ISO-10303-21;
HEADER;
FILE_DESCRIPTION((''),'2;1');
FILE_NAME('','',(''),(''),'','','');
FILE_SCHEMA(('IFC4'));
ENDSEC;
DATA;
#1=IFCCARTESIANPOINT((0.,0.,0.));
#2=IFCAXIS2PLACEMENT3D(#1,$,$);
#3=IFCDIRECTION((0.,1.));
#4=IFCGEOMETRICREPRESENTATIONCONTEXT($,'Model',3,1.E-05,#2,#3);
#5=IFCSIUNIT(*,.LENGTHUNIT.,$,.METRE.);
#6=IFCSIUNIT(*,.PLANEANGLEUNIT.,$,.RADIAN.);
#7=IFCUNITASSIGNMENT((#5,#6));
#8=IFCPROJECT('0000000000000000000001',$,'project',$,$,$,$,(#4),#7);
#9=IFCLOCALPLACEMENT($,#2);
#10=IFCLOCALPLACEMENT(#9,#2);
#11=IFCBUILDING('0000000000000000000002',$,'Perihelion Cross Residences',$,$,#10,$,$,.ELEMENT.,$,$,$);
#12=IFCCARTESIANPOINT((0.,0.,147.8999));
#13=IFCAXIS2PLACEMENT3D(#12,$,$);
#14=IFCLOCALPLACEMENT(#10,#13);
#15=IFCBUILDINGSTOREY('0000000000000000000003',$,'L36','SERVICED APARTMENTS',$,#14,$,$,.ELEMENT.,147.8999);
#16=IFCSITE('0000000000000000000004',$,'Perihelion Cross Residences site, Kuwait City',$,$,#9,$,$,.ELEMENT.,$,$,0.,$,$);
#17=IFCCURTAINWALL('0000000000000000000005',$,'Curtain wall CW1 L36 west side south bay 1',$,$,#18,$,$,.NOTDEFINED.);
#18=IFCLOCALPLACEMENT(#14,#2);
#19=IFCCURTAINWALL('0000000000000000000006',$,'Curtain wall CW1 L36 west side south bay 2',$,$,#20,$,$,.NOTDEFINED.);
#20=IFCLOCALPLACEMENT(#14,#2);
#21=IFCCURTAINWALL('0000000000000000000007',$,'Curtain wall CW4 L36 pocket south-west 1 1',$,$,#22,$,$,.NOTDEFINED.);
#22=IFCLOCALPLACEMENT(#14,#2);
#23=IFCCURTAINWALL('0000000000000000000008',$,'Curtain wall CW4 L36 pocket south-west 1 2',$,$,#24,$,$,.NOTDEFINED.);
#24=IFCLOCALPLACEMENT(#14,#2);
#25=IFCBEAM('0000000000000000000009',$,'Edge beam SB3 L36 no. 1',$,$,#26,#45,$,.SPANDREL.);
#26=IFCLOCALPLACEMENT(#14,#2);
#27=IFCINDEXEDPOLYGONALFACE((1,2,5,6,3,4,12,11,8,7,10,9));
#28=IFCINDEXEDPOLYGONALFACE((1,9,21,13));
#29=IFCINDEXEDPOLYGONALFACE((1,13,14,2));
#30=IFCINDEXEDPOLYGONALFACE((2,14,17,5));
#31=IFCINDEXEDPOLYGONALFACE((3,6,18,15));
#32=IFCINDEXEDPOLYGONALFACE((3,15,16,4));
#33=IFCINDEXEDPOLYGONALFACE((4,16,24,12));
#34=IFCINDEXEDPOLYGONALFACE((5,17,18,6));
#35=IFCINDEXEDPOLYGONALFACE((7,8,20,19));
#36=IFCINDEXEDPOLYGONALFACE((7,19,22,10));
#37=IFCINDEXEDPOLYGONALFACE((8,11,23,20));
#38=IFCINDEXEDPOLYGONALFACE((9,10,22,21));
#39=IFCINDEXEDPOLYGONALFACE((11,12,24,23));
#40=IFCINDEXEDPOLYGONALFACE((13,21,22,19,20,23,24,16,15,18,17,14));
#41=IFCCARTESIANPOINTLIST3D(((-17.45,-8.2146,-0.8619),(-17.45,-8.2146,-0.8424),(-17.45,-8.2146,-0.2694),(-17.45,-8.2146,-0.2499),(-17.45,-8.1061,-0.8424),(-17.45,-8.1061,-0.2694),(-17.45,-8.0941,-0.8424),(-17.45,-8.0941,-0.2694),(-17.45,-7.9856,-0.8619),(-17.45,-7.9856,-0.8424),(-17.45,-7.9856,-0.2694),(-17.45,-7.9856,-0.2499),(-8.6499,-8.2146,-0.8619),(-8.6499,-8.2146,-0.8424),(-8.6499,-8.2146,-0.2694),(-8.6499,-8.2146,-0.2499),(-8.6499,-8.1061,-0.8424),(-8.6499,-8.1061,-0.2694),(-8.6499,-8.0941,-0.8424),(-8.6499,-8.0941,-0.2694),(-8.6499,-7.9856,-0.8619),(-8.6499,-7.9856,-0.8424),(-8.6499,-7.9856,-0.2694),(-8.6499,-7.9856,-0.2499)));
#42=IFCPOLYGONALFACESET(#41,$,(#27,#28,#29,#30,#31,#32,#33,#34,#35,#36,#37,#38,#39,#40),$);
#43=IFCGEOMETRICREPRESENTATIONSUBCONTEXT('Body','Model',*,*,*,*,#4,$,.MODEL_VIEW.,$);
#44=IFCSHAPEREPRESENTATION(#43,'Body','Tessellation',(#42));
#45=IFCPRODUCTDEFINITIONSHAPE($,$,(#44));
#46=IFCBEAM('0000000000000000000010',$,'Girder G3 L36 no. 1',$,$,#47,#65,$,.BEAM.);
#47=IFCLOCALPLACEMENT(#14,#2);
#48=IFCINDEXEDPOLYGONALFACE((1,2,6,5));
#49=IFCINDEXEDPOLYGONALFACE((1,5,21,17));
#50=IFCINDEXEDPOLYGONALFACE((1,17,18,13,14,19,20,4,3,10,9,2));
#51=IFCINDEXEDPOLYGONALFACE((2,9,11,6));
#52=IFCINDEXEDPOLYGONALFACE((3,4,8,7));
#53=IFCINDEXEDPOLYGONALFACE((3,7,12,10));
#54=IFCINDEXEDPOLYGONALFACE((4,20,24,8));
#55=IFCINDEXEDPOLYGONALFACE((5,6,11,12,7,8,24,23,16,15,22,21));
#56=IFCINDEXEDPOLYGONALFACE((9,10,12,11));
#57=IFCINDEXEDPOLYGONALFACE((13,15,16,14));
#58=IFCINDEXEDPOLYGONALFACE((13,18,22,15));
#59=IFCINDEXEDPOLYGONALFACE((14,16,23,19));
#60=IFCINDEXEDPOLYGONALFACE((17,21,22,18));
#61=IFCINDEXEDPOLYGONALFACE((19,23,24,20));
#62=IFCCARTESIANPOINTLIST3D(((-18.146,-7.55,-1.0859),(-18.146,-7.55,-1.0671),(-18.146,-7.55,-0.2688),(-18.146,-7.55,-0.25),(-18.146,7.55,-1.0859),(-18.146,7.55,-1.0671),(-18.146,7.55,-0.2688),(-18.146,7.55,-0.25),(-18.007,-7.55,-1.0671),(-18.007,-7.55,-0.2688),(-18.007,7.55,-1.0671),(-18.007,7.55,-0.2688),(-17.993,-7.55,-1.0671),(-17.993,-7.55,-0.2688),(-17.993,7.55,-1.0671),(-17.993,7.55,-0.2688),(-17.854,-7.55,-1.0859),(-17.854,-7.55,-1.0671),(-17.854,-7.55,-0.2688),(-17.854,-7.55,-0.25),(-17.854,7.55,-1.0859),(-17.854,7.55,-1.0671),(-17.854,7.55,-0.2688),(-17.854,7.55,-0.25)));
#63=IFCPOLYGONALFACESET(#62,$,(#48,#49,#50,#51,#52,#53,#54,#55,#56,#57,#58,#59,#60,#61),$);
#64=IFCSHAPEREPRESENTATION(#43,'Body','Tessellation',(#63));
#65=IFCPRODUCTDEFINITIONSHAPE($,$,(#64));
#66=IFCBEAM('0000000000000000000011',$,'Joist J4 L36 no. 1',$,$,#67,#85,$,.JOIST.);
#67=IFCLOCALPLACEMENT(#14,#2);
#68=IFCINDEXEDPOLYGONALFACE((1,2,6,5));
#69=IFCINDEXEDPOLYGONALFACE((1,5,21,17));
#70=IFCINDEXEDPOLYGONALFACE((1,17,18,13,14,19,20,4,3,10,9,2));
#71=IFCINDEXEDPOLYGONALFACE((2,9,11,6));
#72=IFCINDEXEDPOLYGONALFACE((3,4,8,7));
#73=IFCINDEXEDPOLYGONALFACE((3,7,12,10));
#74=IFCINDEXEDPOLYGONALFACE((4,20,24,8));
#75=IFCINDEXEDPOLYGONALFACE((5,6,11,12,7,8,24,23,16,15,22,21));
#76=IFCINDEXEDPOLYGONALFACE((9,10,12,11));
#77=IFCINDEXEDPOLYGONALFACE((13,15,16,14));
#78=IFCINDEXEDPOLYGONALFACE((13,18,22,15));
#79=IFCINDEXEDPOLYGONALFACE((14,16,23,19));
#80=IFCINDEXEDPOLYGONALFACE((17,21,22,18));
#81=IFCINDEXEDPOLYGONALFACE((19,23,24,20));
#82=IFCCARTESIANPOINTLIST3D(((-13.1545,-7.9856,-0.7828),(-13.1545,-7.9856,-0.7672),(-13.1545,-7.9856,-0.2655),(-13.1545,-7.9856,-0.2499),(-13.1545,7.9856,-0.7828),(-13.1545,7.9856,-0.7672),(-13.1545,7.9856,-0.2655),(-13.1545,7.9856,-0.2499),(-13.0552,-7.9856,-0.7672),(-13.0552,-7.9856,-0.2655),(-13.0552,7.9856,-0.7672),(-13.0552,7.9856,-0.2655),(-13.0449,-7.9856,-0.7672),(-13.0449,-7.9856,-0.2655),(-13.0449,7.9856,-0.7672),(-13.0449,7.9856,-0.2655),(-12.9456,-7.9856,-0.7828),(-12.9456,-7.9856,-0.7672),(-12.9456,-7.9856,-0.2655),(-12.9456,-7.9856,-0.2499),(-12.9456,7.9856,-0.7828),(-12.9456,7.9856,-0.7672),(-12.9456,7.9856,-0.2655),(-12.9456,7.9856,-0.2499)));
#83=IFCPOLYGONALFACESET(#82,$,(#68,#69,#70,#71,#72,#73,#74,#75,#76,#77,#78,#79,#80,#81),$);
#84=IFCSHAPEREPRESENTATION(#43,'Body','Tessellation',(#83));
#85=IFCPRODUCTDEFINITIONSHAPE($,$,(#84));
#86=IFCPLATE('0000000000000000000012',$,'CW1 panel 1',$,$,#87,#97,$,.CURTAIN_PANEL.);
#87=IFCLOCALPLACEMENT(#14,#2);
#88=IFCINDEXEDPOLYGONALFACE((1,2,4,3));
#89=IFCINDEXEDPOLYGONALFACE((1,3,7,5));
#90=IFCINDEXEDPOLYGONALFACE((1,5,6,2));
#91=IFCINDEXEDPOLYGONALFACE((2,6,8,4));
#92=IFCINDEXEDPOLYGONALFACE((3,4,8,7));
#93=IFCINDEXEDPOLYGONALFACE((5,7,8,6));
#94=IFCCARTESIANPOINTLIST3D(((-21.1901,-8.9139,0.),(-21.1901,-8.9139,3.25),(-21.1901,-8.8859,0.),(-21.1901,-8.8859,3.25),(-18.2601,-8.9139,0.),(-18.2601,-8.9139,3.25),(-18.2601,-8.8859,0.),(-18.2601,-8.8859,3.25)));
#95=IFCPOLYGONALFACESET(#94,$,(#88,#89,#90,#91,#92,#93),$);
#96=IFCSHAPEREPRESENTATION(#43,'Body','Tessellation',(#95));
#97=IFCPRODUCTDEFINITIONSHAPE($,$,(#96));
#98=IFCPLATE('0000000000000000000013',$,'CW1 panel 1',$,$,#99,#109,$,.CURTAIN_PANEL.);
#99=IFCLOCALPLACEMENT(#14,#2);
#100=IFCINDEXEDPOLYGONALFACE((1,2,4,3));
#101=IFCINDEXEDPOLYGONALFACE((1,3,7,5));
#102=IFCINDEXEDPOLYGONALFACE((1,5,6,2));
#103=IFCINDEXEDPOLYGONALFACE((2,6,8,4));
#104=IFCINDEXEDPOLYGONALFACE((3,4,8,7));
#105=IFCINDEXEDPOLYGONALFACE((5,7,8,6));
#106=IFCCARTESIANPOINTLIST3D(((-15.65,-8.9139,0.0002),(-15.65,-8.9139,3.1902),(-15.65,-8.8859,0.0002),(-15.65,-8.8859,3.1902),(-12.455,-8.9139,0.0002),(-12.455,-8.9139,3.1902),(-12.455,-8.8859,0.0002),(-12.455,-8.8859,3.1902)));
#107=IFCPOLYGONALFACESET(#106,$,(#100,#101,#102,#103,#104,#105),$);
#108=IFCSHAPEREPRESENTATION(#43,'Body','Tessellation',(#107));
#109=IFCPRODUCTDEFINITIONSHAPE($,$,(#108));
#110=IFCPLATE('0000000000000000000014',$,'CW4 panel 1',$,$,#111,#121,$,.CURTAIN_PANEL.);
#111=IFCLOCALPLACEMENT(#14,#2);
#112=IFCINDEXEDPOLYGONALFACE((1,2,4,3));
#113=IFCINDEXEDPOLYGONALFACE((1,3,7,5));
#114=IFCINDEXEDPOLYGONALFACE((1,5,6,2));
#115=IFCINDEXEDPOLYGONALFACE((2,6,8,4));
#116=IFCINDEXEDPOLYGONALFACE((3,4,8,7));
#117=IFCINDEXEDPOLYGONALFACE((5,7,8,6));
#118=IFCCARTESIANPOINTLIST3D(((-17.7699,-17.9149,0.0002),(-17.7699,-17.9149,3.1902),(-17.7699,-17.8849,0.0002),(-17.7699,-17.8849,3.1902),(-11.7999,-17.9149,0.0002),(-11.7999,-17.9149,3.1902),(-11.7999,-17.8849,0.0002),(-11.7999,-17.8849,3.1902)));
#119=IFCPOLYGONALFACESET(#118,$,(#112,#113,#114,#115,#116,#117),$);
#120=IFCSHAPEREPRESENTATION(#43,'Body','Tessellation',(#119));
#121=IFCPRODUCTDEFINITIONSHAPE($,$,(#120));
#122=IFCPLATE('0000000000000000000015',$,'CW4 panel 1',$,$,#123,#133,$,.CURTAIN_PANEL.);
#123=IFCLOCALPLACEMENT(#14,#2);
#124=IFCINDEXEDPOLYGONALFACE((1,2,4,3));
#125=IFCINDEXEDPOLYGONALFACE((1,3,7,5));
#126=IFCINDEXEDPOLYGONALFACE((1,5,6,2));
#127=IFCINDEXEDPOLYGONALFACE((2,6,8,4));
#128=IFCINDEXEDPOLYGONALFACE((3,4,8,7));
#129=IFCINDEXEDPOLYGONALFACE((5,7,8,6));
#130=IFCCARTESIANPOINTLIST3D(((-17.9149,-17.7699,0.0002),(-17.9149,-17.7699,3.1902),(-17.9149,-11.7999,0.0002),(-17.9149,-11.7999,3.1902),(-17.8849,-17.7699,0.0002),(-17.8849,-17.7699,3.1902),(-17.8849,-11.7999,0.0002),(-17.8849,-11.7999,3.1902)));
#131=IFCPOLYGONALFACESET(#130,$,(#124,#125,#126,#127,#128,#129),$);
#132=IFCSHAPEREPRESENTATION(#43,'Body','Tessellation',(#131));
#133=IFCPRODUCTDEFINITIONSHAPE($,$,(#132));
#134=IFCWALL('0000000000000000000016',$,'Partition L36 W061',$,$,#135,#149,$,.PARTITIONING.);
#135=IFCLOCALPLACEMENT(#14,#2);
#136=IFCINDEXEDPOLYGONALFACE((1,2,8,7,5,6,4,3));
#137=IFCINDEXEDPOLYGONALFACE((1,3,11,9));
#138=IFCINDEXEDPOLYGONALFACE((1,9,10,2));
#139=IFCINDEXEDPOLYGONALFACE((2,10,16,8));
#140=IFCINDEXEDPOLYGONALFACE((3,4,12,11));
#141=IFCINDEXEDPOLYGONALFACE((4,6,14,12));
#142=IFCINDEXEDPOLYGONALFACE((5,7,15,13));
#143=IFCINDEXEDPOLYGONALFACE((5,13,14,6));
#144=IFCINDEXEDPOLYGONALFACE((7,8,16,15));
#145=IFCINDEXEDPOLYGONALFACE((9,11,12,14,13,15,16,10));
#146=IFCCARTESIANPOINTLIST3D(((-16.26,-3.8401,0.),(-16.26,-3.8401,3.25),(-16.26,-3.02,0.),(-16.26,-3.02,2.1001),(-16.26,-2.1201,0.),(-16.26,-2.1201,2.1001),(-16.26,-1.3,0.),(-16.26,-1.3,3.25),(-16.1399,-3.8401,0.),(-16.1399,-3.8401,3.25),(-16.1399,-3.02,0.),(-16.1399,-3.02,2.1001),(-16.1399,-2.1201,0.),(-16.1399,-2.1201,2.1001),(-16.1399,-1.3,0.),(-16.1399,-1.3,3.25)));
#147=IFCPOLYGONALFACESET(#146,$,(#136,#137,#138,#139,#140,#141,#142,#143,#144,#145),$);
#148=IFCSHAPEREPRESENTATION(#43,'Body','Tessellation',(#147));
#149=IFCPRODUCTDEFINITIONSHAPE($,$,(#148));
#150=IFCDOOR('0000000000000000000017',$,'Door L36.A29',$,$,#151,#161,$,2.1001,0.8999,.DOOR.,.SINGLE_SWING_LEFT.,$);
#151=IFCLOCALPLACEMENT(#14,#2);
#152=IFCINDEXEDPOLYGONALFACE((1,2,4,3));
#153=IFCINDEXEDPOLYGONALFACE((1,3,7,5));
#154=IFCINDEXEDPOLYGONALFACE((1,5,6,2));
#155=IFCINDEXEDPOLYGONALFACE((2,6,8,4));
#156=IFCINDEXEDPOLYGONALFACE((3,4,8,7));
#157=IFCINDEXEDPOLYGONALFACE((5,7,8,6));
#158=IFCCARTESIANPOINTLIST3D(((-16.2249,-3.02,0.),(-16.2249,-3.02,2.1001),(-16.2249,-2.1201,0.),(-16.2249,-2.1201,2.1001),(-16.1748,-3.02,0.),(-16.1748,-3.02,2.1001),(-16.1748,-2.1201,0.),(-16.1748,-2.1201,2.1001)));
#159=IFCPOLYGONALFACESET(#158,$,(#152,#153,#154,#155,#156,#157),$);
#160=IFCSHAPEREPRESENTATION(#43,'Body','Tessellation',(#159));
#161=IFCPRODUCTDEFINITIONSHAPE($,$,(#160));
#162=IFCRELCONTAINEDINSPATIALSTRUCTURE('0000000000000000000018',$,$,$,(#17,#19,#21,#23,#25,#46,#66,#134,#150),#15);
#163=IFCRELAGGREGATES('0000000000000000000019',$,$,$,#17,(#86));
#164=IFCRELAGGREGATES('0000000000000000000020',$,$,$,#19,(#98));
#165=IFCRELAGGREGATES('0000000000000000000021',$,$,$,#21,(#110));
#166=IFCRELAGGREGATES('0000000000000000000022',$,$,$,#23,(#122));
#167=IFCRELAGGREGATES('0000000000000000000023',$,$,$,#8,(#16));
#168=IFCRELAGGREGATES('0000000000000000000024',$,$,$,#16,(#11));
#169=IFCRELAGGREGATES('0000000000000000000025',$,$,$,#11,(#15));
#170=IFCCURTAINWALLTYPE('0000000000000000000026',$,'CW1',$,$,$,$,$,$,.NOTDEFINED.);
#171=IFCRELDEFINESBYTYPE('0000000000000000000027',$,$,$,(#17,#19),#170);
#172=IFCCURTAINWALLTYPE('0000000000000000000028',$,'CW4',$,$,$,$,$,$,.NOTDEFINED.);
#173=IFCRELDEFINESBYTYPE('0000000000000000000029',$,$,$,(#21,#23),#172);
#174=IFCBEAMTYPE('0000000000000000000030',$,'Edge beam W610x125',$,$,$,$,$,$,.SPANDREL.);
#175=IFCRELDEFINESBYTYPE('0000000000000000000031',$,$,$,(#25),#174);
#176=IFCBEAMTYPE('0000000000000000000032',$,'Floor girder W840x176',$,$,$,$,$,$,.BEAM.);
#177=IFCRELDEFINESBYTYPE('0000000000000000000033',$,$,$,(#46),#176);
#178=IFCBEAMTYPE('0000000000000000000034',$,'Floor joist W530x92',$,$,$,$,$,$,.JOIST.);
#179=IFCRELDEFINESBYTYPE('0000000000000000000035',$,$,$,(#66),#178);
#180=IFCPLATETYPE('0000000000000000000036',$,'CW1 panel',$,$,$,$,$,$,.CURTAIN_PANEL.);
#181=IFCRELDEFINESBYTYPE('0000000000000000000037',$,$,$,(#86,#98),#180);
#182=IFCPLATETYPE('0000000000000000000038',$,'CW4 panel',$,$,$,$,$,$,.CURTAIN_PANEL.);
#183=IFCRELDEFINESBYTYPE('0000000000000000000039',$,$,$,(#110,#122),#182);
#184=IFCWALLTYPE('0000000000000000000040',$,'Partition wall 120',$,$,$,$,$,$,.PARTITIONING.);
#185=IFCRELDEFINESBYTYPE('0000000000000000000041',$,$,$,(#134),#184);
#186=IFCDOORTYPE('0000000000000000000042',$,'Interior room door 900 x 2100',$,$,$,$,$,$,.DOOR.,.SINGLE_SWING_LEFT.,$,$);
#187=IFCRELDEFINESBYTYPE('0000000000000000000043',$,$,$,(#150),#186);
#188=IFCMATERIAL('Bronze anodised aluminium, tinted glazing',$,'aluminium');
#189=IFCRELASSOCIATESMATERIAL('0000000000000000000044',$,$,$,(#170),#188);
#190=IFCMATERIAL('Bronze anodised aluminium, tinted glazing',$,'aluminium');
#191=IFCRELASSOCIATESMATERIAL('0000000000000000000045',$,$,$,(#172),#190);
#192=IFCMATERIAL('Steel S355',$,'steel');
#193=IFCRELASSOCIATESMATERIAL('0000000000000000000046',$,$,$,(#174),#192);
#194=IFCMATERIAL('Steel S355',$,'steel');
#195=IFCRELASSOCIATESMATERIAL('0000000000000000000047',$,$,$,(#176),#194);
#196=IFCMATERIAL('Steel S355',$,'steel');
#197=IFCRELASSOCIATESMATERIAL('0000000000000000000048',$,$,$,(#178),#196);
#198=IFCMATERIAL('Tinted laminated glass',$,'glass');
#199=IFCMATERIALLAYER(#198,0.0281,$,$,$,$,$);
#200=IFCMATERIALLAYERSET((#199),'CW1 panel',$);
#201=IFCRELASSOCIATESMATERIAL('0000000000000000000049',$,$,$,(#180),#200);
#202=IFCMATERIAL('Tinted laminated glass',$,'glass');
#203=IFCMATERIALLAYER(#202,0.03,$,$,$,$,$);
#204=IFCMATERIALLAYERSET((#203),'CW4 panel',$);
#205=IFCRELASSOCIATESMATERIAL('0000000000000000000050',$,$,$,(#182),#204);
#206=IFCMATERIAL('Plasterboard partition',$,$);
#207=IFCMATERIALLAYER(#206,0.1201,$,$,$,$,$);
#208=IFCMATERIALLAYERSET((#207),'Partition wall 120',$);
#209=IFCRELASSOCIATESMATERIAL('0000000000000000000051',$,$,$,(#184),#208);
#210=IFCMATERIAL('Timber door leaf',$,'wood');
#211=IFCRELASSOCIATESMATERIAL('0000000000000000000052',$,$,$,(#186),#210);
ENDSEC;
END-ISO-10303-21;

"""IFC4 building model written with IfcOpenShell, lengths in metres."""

from ifc_helpers import new_model, si_unit, direction, frame, frame_2d, origin, origin_2d, place, context, subcontext, project, spatial, rectangle, i_section, extrude, material, layer, layer_set, material_profile, profile_set, type_object, element, fill, aggregate, save


model = new_model("IFC4")

# Units and contexts
model_context = context("Model", 3, precision=1e-05, world=origin(), true_north=direction((0.0, 1.0)))
body_context = subcontext(model_context, "Body", "Model", "MODEL_VIEW")
ifc_project = project(units=[si_unit("LENGTHUNIT", "METRE"), si_unit("PLANEANGLEUNIT", "RADIAN")], contexts=[model_context])

# Site, building, storey
site_placement = place(None, origin())
site = spatial("IfcSite", under=ifc_project, at=site_placement, Name="Perihelion Cross Residences site, Kuwait City", CompositionType="ELEMENT", RefElevation=0.0)
building_placement = place(site_placement, origin())
building = spatial("IfcBuilding", under=site, at=building_placement, Name="Perihelion Cross Residences", CompositionType="ELEMENT")
storey_placement = place(building_placement, frame((0.0, 0.0, 147.8999)))
storey = spatial("IfcBuildingStorey", under=building, at=storey_placement, Name="L36", Description="SERVICED APARTMENTS", CompositionType="ELEMENT", Elevation=147.8999)

# Curtain wall
ifc_material_1 = material(Name="Bronze anodised aluminium, tinted glazing", Category="aluminium")
curtain_wall_type_1 = type_object("IfcCurtainWallType", Name="CW1", PredefinedType="NOTDEFINED", material=ifc_material_1)
curtain_wall_1_placement = place(storey_placement, origin())
curtain_wall_1 = element("IfcCurtainWall", 1, at=curtain_wall_1_placement, inside=storey, type_object=curtain_wall_type_1, Name="Curtain wall CW1 L36 west side south bay 1", PredefinedType="NOTDEFINED")

# Curtain walls
curtain_wall_2_placement = place(storey_placement, origin())
curtain_wall_2 = element("IfcCurtainWall", 2, at=curtain_wall_2_placement, inside=storey, type_object=curtain_wall_type_1, Name="Curtain wall CW1 L36 west side south bay 2", PredefinedType="NOTDEFINED")
ifc_material_2 = material(Name="Bronze anodised aluminium, tinted glazing", Category="aluminium")
curtain_wall_type_2 = type_object("IfcCurtainWallType", Name="CW4", PredefinedType="NOTDEFINED", material=ifc_material_2)
curtain_wall_3_placement = place(storey_placement, origin())
curtain_wall_3 = element("IfcCurtainWall", 3, at=curtain_wall_3_placement, inside=storey, type_object=curtain_wall_type_2, Name="Curtain wall CW4 L36 pocket south-west 1 1", PredefinedType="NOTDEFINED")
curtain_wall_4_placement = place(storey_placement, origin())
curtain_wall_4 = element("IfcCurtainWall", 4, at=curtain_wall_4_placement, inside=storey, type_object=curtain_wall_type_2, Name="Curtain wall CW4 L36 pocket south-west 1 2", PredefinedType="NOTDEFINED")

# Beams
ifc_material_3 = material(Name="Steel S355", Category="steel")
ifc_material_profile_1 = material_profile(ifc_material_3, i_section(OverallWidth=0.229, OverallDepth=0.6121, WebThickness=0.012, FlangeThickness=0.0195, at=origin_2d()), Name="W610x125")
ifc_profile_set_1 = profile_set([ifc_material_profile_1], Name="Steel S355")
beam_type_1 = type_object("IfcBeamType", Name="Edge beam W610x125", PredefinedType="SPANDREL", material=ifc_profile_set_1)
beam_1_placement = place(storey_placement, frame((-17.45, -8.1001, -0.5559), z_axis=(1.0, 0.0, 0.0), x_axis=(0.0, 1.0, 0.0)))
element("IfcBeam", 5, at=beam_1_placement, inside=storey, type_object=beam_type_1, Name="Edge beam SB3 L36 no. 1", PredefinedType="SPANDREL", context=body_context, shape_type="SweptSolid", body=[
    extrude(i_section(OverallWidth=0.229, OverallDepth=0.6121, WebThickness=0.012, FlangeThickness=0.0195, at=origin_2d()), origin(), (0.0, 0.0, 1.0), 8.8),
])
ifc_material_4 = material(Name="Steel S355", Category="steel")
ifc_material_profile_2 = material_profile(ifc_material_4, i_section(OverallWidth=0.292, OverallDepth=0.8359, WebThickness=0.0139, FlangeThickness=0.0188, at=origin_2d()), Name="W840x176")
ifc_profile_set_2 = profile_set([ifc_material_profile_2], Name="Steel S355")
beam_type_2 = type_object("IfcBeamType", Name="Floor girder W840x176", PredefinedType="BEAM", material=ifc_profile_set_2)
beam_2_placement = place(storey_placement, frame((-18.0, -7.55, -0.668), z_axis=(0.0, 1.0, 0.0), x_axis=(-1.0, 0.0, 0.0)))
element("IfcBeam", 6, at=beam_2_placement, inside=storey, type_object=beam_type_2, Name="Girder G3 L36 no. 1", PredefinedType="BEAM", context=body_context, shape_type="SweptSolid", body=[
    extrude(i_section(OverallWidth=0.292, OverallDepth=0.8359, WebThickness=0.0139, FlangeThickness=0.0188, at=origin_2d()), origin(), (0.0, 0.0, 1.0), 15.1001),
])
ifc_material_5 = material(Name="Steel S355", Category="steel")
ifc_material_profile_3 = material_profile(ifc_material_5, i_section(OverallWidth=0.209, OverallDepth=0.533, WebThickness=0.0103, FlangeThickness=0.0156, at=origin_2d()), Name="W530x92")
ifc_profile_set_3 = profile_set([ifc_material_profile_3], Name="Steel S355")
beam_type_3 = type_object("IfcBeamType", Name="Floor joist W530x92", PredefinedType="JOIST", material=ifc_profile_set_3)
beam_3_placement = place(storey_placement, frame((-13.05, -7.9856, -0.5164), z_axis=(0.0, 1.0, 0.0), x_axis=(-1.0, 0.0, 0.0)))
element("IfcBeam", 7, at=beam_3_placement, inside=storey, type_object=beam_type_3, Name="Joist J4 L36 no. 1", PredefinedType="JOIST", context=body_context, shape_type="SweptSolid", body=[
    extrude(i_section(OverallWidth=0.209, OverallDepth=0.533, WebThickness=0.0103, FlangeThickness=0.0156, at=origin_2d()), origin(), (0.0, 0.0, 1.0), 15.9712),
])

# Plates
ifc_material_6 = material(Name="Tinted laminated glass", Category="glass")
ifc_layer_1 = layer(ifc_material_6, 0.0281)
ifc_layer_set_1 = layer_set([ifc_layer_1], Name="CW1 panel")
plate_type_1 = type_object("IfcPlateType", Name="CW1 panel", PredefinedType="CURTAIN_PANEL", material=ifc_layer_set_1)
plate_1_placement = place(storey_placement, frame((-19.7251, -8.8999, 0.0), z_axis=(0.0, 0.0, 1.0), x_axis=(1.0, 0.0, 0.0)))
plate_1 = element("IfcPlate", 8, at=plate_1_placement, type_object=plate_type_1, Name="CW1 panel 1", PredefinedType="CURTAIN_PANEL", context=body_context, shape_type="SweptSolid", body=[
    extrude(rectangle(XDim=2.9299, YDim=0.0281, at=origin_2d()), origin(), (0.0, 0.0, 1.0), 3.25),
])
aggregate(curtain_wall_1, [plate_1])
plate_2_placement = place(storey_placement, frame((-14.0525, -8.8999, 0.0002), z_axis=(0.0, 0.0, 1.0), x_axis=(1.0, 0.0, 0.0)))
plate_2 = element("IfcPlate", 9, at=plate_2_placement, type_object=plate_type_1, Name="CW1 panel 1", PredefinedType="CURTAIN_PANEL", context=body_context, shape_type="SweptSolid", body=[
    extrude(rectangle(XDim=3.1951, YDim=0.0281, at=origin_2d()), origin(), (0.0, 0.0, 1.0), 3.1899),
])
aggregate(curtain_wall_2, [plate_2])
ifc_material_7 = material(Name="Tinted laminated glass", Category="glass")
ifc_layer_2 = layer(ifc_material_7, 0.03)
ifc_layer_set_2 = layer_set([ifc_layer_2], Name="CW4 panel")
plate_type_2 = type_object("IfcPlateType", Name="CW4 panel", PredefinedType="CURTAIN_PANEL", material=ifc_layer_set_2)
plate_3_placement = place(storey_placement, frame((-14.7849, -17.8999, 0.0002), z_axis=(0.0, 0.0, 1.0), x_axis=(-1.0, 0.0, 0.0)))
plate_3 = element("IfcPlate", 10, at=plate_3_placement, type_object=plate_type_2, Name="CW4 panel 1", PredefinedType="CURTAIN_PANEL", context=body_context, shape_type="SweptSolid", body=[
    extrude(rectangle(XDim=5.97, YDim=0.03, at=origin_2d()), origin(), (0.0, 0.0, 1.0), 3.1899),
])
aggregate(curtain_wall_3, [plate_3])
plate_4_placement = place(storey_placement, frame((-17.8999, -14.7849, 0.0002), z_axis=(0.0, 0.0, 1.0), x_axis=(0.0, 1.0, 0.0)))
plate_4 = element("IfcPlate", 11, at=plate_4_placement, type_object=plate_type_2, Name="CW4 panel 1", PredefinedType="CURTAIN_PANEL", context=body_context, shape_type="SweptSolid", body=[
    extrude(rectangle(XDim=5.97, YDim=0.03, at=origin_2d()), origin(), (0.0, 0.0, 1.0), 3.1899),
])
aggregate(curtain_wall_4, [plate_4])

# Wall, opening, door
ifc_material_8 = material(Name="Plasterboard partition")
ifc_layer_3 = layer(ifc_material_8, 0.1201)
ifc_layer_set_3 = layer_set([ifc_layer_3], Name="Partition wall 120")
wall_type_1 = type_object("IfcWallType", Name="Partition wall 120", PredefinedType="PARTITIONING", material=ifc_layer_set_3)
wall_1_placement = place(storey_placement, frame((-16.2, -3.8401, 0.0), z_axis=(0.0, 0.0, 1.0), x_axis=(0.0, 1.0, 0.0)))
wall_1 = element("IfcWall", 12, at=wall_1_placement, inside=storey, type_object=wall_type_1, Name="Partition L36 W061", PredefinedType="PARTITIONING", context=body_context, shape_type="SweptSolid", body=[
    extrude(rectangle(XDim=2.54, YDim=0.1201, at=frame_2d((1.27, 0.0))), origin(), (0.0, 0.0, 1.0), 3.25),
])
opening_1_placement = place(wall_1_placement, frame((0.8201, 0.0, 0.0)))
opening_1 = element("IfcOpeningElement", 13, at=opening_1_placement, cuts=wall_1, PredefinedType="OPENING", context=body_context, shape_type="SweptSolid", body=[
    extrude(rectangle(XDim=0.8999, YDim=2.1001, at=frame_2d((0.45, 1.05))), frame((0.0, 0.0701, 0.0), z_axis=(0.0, -1.0, 0.0), x_axis=(1.0, 0.0, 0.0)), (0.0, 0.0, 1.0), 0.1401),
])
ifc_material_9 = material(Name="Timber door leaf", Category="wood")
door_type_1 = type_object("IfcDoorType", Name="Interior room door 900 x 2100", OperationType="SINGLE_SWING_LEFT", PredefinedType="DOOR", material=ifc_material_9)
door_1_placement = place(opening_1_placement, origin())
door_1 = element("IfcDoor", 14, at=door_1_placement, inside=storey, type_object=door_type_1, Name="Door L36.A29", OperationType="SINGLE_SWING_LEFT", OverallHeight=2.1001, OverallWidth=0.8999, PredefinedType="DOOR", context=body_context, shape_type="SweptSolid", body=[
    extrude(rectangle(XDim=0.8999, YDim=2.1001, at=frame_2d((0.45, 1.05))), frame((0.0, 0.0249, 0.0), z_axis=(0.0, -1.0, 0.0), x_axis=(1.0, 0.0, 0.0)), (0.0, 0.0, 1.0), 0.05),
])
fill(opening_1, door_1)

save(model, "model.ifc")
